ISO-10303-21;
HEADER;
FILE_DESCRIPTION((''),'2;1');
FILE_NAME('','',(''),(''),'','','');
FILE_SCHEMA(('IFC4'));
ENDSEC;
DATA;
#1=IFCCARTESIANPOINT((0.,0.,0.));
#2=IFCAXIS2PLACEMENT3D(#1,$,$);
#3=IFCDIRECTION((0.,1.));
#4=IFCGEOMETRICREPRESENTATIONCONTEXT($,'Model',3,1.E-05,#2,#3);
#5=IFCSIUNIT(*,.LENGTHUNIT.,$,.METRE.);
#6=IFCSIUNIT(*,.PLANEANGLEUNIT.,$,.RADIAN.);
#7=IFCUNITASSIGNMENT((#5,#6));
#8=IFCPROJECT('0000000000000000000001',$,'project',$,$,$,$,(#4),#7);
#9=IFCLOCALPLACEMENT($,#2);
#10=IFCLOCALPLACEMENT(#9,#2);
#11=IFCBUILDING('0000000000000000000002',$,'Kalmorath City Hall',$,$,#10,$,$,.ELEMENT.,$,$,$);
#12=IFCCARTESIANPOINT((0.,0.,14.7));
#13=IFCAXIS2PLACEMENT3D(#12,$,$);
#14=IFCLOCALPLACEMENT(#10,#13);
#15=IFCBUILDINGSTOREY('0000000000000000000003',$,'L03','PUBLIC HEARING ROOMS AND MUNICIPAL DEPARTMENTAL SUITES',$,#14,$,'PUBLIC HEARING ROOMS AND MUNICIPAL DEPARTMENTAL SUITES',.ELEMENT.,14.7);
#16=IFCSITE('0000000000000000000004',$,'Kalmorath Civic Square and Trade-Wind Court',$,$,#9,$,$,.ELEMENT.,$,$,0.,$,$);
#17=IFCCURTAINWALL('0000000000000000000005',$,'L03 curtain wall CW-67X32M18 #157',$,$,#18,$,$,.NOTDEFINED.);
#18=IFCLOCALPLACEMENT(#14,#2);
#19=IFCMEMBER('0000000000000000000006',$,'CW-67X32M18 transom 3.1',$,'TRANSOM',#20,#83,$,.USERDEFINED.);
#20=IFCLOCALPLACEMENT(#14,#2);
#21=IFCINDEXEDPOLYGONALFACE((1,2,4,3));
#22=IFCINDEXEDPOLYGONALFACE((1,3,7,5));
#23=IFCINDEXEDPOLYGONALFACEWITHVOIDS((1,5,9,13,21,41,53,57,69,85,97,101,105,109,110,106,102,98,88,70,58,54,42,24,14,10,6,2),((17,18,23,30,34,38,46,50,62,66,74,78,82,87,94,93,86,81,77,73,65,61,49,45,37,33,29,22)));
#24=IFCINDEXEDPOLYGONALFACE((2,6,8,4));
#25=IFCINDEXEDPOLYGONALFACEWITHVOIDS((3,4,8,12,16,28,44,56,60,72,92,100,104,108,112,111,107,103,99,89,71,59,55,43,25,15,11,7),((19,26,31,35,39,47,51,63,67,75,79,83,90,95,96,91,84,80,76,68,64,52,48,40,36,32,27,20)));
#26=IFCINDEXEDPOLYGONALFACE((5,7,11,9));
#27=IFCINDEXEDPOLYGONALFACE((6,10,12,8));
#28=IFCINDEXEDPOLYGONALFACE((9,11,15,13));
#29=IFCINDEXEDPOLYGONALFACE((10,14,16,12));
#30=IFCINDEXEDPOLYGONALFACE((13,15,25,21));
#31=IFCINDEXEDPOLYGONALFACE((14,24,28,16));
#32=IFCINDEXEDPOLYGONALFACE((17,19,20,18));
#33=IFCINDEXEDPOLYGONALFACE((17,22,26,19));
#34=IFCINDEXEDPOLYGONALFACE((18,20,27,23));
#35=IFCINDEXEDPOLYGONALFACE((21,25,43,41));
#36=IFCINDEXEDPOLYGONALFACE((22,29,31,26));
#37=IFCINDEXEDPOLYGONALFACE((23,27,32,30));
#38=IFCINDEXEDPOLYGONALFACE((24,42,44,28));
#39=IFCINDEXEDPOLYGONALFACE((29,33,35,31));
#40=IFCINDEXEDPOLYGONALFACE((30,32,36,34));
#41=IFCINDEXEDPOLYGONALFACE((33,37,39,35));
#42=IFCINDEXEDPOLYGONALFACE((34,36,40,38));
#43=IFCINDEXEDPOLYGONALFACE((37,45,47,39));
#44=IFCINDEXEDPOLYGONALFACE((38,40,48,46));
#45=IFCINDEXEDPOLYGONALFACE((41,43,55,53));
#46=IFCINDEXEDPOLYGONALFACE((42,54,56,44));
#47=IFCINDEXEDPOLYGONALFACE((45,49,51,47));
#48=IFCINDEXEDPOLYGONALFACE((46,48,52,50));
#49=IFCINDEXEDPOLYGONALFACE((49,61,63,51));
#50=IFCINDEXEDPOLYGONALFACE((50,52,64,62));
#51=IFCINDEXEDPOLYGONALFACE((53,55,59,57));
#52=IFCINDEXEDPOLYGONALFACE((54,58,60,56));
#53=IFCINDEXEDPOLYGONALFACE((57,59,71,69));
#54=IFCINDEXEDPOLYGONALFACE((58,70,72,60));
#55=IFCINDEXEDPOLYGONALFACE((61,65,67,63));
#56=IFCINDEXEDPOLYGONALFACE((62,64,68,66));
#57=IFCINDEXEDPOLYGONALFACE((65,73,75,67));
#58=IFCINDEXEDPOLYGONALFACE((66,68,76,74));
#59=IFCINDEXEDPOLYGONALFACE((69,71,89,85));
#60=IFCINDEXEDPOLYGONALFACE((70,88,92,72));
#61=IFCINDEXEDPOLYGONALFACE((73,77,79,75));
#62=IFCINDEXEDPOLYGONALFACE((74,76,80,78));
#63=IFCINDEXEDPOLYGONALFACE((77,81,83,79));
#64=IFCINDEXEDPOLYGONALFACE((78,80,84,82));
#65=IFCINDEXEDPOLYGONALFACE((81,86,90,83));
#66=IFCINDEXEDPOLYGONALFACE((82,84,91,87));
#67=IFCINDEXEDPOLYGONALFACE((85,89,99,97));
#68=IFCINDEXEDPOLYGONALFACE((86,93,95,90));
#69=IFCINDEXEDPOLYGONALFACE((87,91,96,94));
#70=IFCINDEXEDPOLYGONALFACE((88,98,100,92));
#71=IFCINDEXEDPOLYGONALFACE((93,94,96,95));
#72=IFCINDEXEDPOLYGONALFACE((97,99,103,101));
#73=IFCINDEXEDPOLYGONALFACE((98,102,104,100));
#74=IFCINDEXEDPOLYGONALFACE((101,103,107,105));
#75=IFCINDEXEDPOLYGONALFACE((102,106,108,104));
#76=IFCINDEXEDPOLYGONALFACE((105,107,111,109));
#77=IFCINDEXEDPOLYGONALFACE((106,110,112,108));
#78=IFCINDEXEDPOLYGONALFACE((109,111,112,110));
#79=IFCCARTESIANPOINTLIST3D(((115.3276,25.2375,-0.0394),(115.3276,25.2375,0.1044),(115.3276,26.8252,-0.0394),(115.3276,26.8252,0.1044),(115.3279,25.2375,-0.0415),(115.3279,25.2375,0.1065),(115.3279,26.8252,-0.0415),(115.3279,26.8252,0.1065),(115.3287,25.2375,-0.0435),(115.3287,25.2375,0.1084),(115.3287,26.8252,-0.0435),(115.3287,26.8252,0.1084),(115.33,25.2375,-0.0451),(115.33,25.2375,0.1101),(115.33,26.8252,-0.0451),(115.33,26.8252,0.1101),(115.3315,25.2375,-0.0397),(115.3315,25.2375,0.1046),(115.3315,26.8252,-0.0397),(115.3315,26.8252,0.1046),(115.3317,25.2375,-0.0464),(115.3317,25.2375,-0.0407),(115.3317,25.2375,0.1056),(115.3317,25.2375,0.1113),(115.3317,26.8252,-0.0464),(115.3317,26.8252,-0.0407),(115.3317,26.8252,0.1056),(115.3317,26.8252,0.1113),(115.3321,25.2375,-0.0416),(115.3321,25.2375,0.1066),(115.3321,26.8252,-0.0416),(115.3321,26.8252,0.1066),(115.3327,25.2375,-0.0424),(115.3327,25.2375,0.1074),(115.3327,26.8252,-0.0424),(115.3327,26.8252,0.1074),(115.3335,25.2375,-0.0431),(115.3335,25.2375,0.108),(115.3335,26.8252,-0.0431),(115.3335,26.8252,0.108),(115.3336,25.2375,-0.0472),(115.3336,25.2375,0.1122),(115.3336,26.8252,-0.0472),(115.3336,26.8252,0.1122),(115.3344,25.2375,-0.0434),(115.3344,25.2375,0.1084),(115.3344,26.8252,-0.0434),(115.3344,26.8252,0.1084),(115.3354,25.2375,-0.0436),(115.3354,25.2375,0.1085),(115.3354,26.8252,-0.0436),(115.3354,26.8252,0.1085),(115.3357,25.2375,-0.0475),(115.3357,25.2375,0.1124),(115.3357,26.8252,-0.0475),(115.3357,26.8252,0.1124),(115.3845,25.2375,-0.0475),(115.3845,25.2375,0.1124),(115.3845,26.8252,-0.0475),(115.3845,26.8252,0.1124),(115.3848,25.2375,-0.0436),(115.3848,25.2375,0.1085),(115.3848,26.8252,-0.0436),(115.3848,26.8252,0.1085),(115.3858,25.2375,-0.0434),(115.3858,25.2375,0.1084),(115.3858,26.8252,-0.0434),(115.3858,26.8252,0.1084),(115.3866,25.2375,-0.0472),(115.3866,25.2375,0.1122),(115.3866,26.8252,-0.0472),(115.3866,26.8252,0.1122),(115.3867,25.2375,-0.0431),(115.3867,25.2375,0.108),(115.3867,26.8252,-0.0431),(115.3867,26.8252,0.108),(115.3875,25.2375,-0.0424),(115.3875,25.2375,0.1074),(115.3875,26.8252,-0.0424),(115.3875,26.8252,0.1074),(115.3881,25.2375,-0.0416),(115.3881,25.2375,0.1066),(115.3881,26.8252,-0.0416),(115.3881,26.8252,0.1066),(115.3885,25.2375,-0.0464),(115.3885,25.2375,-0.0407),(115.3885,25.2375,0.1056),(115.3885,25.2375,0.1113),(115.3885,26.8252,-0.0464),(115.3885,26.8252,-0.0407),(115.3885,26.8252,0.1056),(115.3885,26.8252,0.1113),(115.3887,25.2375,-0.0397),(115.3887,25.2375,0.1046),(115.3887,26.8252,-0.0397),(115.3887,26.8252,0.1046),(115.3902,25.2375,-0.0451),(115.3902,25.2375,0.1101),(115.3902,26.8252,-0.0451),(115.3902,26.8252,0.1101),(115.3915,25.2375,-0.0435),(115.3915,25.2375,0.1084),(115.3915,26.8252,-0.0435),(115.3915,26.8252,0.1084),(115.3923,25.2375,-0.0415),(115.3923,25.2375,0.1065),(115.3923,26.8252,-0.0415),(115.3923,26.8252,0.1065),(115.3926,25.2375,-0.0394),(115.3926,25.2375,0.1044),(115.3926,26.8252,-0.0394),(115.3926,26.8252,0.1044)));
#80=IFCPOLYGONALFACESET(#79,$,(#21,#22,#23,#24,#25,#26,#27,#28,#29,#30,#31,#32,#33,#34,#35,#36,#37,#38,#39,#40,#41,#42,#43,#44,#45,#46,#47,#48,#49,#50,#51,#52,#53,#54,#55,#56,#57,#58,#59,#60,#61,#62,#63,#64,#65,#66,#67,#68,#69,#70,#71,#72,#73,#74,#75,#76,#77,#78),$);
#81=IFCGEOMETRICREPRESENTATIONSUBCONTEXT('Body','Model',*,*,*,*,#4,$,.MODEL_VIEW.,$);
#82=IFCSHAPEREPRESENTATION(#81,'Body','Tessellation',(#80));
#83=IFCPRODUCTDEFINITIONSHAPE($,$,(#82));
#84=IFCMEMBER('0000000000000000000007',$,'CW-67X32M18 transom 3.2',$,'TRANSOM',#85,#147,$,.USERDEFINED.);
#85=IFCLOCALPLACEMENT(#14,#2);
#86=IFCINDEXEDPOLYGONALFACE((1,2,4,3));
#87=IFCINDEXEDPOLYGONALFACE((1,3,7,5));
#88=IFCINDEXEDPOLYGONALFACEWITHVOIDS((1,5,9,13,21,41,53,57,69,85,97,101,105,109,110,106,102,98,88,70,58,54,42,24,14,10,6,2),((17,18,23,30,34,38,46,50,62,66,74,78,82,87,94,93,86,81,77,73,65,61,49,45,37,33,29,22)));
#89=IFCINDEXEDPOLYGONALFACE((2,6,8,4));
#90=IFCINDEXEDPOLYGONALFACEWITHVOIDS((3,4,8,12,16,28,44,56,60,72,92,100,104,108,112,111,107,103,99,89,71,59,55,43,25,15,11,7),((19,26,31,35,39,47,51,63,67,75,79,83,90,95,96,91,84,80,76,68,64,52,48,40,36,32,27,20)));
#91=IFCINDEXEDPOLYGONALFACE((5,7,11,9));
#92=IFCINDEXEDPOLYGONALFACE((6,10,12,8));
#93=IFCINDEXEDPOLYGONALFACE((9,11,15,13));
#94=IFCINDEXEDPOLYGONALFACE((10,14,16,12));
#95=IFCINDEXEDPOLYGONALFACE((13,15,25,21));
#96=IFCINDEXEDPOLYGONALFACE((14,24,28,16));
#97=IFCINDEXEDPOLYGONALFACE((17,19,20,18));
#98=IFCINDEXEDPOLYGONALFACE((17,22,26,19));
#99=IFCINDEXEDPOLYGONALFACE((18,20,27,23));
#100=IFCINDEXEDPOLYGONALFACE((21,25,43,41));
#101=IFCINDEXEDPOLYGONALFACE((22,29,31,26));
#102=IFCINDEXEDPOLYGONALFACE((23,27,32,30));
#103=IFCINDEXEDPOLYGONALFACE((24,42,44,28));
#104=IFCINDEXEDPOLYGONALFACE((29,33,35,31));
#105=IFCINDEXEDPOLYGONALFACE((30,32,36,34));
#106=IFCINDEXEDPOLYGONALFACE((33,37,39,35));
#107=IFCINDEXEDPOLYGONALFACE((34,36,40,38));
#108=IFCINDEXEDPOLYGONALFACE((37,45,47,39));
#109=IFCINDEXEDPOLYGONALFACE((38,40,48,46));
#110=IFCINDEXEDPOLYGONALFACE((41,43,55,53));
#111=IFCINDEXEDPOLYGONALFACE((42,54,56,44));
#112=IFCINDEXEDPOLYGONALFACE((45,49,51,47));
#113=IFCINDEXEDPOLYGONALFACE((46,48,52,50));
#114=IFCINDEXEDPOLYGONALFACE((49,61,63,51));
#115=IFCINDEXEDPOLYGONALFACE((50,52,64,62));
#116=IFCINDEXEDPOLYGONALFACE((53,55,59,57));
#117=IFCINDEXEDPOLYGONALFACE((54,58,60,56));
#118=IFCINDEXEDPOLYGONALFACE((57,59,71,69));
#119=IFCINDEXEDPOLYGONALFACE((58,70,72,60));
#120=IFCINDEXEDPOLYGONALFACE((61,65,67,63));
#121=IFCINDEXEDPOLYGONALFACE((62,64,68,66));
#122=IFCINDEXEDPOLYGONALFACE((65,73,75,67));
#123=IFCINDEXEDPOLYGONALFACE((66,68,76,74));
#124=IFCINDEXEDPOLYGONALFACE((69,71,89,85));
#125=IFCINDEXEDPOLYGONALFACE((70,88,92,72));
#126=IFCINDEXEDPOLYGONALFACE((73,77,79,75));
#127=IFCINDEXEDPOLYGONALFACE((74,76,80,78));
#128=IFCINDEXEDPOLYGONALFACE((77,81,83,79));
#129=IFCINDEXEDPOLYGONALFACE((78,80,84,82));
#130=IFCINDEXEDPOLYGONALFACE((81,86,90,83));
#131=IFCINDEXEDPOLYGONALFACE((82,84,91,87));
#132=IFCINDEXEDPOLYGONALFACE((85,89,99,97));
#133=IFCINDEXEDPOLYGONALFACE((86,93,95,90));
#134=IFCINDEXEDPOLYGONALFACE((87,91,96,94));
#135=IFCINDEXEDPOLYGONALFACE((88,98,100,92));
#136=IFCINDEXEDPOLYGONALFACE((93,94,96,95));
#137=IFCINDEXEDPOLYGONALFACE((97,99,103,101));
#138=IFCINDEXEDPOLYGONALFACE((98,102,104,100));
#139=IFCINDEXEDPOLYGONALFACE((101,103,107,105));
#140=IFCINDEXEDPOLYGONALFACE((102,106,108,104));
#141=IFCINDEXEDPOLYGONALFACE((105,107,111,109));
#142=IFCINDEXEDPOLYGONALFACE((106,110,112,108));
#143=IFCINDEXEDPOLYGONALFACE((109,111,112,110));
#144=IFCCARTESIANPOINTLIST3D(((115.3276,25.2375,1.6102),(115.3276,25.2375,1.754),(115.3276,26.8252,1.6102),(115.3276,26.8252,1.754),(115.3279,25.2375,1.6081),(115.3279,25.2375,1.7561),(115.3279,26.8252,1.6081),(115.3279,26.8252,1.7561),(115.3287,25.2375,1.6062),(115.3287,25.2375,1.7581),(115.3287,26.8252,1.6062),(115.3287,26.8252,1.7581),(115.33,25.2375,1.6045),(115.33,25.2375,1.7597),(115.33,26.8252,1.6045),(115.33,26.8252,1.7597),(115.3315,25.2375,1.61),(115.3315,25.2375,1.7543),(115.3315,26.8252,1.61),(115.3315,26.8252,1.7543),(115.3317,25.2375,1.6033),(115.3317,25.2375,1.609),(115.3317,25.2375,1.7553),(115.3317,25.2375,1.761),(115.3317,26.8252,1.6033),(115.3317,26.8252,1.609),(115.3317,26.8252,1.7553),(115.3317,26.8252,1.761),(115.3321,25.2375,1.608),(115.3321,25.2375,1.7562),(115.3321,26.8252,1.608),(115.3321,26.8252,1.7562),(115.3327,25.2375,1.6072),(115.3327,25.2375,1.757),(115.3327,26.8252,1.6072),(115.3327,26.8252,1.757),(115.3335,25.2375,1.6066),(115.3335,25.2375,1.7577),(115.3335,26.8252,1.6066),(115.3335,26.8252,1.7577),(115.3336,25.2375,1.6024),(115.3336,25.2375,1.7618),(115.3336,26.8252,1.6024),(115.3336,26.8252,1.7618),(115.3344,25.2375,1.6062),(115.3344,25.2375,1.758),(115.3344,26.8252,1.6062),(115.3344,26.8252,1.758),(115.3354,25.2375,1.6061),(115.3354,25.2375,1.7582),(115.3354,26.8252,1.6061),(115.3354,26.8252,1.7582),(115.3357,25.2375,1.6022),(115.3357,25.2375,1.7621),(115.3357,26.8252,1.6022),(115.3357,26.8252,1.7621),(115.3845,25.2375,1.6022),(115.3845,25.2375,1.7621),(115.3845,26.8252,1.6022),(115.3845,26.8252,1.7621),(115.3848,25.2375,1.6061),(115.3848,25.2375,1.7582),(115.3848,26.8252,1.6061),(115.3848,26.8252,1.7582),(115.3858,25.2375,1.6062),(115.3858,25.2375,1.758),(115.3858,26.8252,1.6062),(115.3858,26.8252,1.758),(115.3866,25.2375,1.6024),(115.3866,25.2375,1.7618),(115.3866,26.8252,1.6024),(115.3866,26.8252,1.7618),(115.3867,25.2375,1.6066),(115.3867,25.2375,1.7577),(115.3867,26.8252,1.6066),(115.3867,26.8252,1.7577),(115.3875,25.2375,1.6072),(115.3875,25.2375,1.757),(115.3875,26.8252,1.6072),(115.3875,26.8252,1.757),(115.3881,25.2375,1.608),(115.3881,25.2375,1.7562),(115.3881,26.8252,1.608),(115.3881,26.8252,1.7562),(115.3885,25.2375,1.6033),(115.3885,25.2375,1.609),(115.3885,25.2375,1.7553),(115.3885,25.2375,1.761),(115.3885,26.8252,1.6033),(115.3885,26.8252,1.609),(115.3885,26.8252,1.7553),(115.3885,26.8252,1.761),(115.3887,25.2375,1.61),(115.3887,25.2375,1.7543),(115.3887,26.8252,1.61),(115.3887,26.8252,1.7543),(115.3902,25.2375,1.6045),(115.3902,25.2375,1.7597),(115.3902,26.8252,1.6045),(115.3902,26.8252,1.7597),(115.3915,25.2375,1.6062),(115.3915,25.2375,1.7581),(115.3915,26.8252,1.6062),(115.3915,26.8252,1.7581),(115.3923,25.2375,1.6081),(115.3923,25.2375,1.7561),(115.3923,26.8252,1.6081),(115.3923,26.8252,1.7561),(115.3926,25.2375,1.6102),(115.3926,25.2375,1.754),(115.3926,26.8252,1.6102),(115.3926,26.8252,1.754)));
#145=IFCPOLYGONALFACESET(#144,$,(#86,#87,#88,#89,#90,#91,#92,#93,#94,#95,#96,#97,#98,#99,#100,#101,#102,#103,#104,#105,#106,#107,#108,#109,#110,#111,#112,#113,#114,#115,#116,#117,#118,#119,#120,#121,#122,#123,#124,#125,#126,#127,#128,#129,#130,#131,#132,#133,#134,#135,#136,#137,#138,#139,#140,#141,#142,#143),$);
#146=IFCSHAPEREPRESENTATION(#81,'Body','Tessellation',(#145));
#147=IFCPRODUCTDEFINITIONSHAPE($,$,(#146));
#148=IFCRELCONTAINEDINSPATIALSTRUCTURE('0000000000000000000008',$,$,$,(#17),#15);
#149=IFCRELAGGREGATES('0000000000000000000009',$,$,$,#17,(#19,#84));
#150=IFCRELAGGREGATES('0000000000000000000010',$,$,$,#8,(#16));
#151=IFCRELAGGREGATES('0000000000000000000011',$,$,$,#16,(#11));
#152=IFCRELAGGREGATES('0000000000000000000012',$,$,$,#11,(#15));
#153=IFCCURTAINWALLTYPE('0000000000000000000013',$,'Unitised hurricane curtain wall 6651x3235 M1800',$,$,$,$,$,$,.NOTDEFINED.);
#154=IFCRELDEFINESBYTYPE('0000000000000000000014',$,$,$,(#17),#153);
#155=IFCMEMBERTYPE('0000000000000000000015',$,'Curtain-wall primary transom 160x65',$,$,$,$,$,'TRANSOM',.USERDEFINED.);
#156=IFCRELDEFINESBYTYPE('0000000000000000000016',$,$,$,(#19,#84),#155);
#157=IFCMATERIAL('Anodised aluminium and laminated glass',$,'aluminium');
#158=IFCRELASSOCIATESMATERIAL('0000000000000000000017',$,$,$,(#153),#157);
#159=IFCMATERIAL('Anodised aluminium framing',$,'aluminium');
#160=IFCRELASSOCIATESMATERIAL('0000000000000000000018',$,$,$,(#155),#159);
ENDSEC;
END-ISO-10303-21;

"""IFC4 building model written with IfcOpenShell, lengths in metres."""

from ifc_helpers import new_model, si_unit, direction, frame, origin, origin_2d, place, context, subcontext, project, spatial, hollow_rectangle, extrude, material, material_profile, profile_set, type_object, element, aggregate, save


model = new_model("IFC4")

# Units and contexts
model_context = context("Model", 3, precision=1e-05, world=origin(), true_north=direction((0.0, 1.0)))
body_context = subcontext(model_context, "Body", "Model", "MODEL_VIEW")
ifc_project = project(units=[si_unit("LENGTHUNIT", "METRE"), si_unit("PLANEANGLEUNIT", "RADIAN")], contexts=[model_context])

# Site, building, storey
site_placement = place(None, origin())
site = spatial("IfcSite", under=ifc_project, at=site_placement, Name="Kalmorath Civic Square and Trade-Wind Court", CompositionType="ELEMENT", RefElevation=0.0)
building_placement = place(site_placement, origin())
building = spatial("IfcBuilding", under=site, at=building_placement, Name="Kalmorath City Hall", CompositionType="ELEMENT")
storey_placement = place(building_placement, frame((0.0, 0.0, 14.7)))
storey = spatial("IfcBuildingStorey", under=building, at=storey_placement, Name="L03", Description="PUBLIC HEARING ROOMS AND MUNICIPAL DEPARTMENTAL SUITES", LongName="PUBLIC HEARING ROOMS AND MUNICIPAL DEPARTMENTAL SUITES", CompositionType="ELEMENT", Elevation=14.7)

# Curtain wall
ifc_material_1 = material(Name="Anodised aluminium and laminated glass", Category="aluminium")
curtain_wall_type_1 = type_object("IfcCurtainWallType", Name="Unitised hurricane curtain wall 6651x3235 M1800", PredefinedType="NOTDEFINED", material=ifc_material_1)
curtain_wall_1_placement = place(storey_placement, origin())
curtain_wall_1 = element("IfcCurtainWall", 1, at=curtain_wall_1_placement, inside=storey, type_object=curtain_wall_type_1, Name="L03 curtain wall CW-67X32M18 #157", PredefinedType="NOTDEFINED")

# Members
ifc_material_2 = material(Name="Anodised aluminium framing", Category="aluminium")
ifc_material_profile_1 = material_profile(ifc_material_2, hollow_rectangle(XDim=0.0649, YDim=0.1599, WallThickness=0.0039, InnerFilletRadius=0.0039, OuterFilletRadius=0.0081, at=origin_2d()), Name="ALU-TRN-160X65X4")
ifc_profile_set_1 = profile_set([ifc_material_profile_1], Name="Anodised aluminium framing")
member_type_1 = type_object("IfcMemberType", Name="Curtain-wall primary transom 160x65", ElementType="TRANSOM", PredefinedType="USERDEFINED", material=ifc_profile_set_1)
member_1_placement = place(storey_placement, frame((115.3601, 25.2375, 0.0325), z_axis=(0.0, 1.0, 0.0), x_axis=(-1.0, 0.0, 0.0)))
member_1 = element("IfcMember", 2, at=member_1_placement, type_object=member_type_1, Name="CW-67X32M18 transom 3.1", ObjectType="TRANSOM", PredefinedType="USERDEFINED", context=body_context, shape_type="SweptSolid", body=[
    extrude(hollow_rectangle(XDim=0.0649, YDim=0.1599, WallThickness=0.0039, InnerFilletRadius=0.0039, OuterFilletRadius=0.0081, at=origin_2d()), origin(), (0.0, 0.0, 1.0), 1.5876),
])
member_2_placement = place(storey_placement, frame((115.3601, 25.2375, 1.6821), z_axis=(0.0, 1.0, 0.0), x_axis=(-1.0, 0.0, 0.0)))
member_2 = element("IfcMember", 3, at=member_2_placement, type_object=member_type_1, Name="CW-67X32M18 transom 3.2", ObjectType="TRANSOM", PredefinedType="USERDEFINED", context=body_context, shape_type="SweptSolid", body=[
    extrude(hollow_rectangle(XDim=0.0649, YDim=0.1599, WallThickness=0.0039, InnerFilletRadius=0.0039, OuterFilletRadius=0.0081, at=origin_2d()), origin(), (0.0, 0.0, 1.0), 1.5876),
])

aggregate(curtain_wall_1, [member_1, member_2])

save(model, "model.ifc")
